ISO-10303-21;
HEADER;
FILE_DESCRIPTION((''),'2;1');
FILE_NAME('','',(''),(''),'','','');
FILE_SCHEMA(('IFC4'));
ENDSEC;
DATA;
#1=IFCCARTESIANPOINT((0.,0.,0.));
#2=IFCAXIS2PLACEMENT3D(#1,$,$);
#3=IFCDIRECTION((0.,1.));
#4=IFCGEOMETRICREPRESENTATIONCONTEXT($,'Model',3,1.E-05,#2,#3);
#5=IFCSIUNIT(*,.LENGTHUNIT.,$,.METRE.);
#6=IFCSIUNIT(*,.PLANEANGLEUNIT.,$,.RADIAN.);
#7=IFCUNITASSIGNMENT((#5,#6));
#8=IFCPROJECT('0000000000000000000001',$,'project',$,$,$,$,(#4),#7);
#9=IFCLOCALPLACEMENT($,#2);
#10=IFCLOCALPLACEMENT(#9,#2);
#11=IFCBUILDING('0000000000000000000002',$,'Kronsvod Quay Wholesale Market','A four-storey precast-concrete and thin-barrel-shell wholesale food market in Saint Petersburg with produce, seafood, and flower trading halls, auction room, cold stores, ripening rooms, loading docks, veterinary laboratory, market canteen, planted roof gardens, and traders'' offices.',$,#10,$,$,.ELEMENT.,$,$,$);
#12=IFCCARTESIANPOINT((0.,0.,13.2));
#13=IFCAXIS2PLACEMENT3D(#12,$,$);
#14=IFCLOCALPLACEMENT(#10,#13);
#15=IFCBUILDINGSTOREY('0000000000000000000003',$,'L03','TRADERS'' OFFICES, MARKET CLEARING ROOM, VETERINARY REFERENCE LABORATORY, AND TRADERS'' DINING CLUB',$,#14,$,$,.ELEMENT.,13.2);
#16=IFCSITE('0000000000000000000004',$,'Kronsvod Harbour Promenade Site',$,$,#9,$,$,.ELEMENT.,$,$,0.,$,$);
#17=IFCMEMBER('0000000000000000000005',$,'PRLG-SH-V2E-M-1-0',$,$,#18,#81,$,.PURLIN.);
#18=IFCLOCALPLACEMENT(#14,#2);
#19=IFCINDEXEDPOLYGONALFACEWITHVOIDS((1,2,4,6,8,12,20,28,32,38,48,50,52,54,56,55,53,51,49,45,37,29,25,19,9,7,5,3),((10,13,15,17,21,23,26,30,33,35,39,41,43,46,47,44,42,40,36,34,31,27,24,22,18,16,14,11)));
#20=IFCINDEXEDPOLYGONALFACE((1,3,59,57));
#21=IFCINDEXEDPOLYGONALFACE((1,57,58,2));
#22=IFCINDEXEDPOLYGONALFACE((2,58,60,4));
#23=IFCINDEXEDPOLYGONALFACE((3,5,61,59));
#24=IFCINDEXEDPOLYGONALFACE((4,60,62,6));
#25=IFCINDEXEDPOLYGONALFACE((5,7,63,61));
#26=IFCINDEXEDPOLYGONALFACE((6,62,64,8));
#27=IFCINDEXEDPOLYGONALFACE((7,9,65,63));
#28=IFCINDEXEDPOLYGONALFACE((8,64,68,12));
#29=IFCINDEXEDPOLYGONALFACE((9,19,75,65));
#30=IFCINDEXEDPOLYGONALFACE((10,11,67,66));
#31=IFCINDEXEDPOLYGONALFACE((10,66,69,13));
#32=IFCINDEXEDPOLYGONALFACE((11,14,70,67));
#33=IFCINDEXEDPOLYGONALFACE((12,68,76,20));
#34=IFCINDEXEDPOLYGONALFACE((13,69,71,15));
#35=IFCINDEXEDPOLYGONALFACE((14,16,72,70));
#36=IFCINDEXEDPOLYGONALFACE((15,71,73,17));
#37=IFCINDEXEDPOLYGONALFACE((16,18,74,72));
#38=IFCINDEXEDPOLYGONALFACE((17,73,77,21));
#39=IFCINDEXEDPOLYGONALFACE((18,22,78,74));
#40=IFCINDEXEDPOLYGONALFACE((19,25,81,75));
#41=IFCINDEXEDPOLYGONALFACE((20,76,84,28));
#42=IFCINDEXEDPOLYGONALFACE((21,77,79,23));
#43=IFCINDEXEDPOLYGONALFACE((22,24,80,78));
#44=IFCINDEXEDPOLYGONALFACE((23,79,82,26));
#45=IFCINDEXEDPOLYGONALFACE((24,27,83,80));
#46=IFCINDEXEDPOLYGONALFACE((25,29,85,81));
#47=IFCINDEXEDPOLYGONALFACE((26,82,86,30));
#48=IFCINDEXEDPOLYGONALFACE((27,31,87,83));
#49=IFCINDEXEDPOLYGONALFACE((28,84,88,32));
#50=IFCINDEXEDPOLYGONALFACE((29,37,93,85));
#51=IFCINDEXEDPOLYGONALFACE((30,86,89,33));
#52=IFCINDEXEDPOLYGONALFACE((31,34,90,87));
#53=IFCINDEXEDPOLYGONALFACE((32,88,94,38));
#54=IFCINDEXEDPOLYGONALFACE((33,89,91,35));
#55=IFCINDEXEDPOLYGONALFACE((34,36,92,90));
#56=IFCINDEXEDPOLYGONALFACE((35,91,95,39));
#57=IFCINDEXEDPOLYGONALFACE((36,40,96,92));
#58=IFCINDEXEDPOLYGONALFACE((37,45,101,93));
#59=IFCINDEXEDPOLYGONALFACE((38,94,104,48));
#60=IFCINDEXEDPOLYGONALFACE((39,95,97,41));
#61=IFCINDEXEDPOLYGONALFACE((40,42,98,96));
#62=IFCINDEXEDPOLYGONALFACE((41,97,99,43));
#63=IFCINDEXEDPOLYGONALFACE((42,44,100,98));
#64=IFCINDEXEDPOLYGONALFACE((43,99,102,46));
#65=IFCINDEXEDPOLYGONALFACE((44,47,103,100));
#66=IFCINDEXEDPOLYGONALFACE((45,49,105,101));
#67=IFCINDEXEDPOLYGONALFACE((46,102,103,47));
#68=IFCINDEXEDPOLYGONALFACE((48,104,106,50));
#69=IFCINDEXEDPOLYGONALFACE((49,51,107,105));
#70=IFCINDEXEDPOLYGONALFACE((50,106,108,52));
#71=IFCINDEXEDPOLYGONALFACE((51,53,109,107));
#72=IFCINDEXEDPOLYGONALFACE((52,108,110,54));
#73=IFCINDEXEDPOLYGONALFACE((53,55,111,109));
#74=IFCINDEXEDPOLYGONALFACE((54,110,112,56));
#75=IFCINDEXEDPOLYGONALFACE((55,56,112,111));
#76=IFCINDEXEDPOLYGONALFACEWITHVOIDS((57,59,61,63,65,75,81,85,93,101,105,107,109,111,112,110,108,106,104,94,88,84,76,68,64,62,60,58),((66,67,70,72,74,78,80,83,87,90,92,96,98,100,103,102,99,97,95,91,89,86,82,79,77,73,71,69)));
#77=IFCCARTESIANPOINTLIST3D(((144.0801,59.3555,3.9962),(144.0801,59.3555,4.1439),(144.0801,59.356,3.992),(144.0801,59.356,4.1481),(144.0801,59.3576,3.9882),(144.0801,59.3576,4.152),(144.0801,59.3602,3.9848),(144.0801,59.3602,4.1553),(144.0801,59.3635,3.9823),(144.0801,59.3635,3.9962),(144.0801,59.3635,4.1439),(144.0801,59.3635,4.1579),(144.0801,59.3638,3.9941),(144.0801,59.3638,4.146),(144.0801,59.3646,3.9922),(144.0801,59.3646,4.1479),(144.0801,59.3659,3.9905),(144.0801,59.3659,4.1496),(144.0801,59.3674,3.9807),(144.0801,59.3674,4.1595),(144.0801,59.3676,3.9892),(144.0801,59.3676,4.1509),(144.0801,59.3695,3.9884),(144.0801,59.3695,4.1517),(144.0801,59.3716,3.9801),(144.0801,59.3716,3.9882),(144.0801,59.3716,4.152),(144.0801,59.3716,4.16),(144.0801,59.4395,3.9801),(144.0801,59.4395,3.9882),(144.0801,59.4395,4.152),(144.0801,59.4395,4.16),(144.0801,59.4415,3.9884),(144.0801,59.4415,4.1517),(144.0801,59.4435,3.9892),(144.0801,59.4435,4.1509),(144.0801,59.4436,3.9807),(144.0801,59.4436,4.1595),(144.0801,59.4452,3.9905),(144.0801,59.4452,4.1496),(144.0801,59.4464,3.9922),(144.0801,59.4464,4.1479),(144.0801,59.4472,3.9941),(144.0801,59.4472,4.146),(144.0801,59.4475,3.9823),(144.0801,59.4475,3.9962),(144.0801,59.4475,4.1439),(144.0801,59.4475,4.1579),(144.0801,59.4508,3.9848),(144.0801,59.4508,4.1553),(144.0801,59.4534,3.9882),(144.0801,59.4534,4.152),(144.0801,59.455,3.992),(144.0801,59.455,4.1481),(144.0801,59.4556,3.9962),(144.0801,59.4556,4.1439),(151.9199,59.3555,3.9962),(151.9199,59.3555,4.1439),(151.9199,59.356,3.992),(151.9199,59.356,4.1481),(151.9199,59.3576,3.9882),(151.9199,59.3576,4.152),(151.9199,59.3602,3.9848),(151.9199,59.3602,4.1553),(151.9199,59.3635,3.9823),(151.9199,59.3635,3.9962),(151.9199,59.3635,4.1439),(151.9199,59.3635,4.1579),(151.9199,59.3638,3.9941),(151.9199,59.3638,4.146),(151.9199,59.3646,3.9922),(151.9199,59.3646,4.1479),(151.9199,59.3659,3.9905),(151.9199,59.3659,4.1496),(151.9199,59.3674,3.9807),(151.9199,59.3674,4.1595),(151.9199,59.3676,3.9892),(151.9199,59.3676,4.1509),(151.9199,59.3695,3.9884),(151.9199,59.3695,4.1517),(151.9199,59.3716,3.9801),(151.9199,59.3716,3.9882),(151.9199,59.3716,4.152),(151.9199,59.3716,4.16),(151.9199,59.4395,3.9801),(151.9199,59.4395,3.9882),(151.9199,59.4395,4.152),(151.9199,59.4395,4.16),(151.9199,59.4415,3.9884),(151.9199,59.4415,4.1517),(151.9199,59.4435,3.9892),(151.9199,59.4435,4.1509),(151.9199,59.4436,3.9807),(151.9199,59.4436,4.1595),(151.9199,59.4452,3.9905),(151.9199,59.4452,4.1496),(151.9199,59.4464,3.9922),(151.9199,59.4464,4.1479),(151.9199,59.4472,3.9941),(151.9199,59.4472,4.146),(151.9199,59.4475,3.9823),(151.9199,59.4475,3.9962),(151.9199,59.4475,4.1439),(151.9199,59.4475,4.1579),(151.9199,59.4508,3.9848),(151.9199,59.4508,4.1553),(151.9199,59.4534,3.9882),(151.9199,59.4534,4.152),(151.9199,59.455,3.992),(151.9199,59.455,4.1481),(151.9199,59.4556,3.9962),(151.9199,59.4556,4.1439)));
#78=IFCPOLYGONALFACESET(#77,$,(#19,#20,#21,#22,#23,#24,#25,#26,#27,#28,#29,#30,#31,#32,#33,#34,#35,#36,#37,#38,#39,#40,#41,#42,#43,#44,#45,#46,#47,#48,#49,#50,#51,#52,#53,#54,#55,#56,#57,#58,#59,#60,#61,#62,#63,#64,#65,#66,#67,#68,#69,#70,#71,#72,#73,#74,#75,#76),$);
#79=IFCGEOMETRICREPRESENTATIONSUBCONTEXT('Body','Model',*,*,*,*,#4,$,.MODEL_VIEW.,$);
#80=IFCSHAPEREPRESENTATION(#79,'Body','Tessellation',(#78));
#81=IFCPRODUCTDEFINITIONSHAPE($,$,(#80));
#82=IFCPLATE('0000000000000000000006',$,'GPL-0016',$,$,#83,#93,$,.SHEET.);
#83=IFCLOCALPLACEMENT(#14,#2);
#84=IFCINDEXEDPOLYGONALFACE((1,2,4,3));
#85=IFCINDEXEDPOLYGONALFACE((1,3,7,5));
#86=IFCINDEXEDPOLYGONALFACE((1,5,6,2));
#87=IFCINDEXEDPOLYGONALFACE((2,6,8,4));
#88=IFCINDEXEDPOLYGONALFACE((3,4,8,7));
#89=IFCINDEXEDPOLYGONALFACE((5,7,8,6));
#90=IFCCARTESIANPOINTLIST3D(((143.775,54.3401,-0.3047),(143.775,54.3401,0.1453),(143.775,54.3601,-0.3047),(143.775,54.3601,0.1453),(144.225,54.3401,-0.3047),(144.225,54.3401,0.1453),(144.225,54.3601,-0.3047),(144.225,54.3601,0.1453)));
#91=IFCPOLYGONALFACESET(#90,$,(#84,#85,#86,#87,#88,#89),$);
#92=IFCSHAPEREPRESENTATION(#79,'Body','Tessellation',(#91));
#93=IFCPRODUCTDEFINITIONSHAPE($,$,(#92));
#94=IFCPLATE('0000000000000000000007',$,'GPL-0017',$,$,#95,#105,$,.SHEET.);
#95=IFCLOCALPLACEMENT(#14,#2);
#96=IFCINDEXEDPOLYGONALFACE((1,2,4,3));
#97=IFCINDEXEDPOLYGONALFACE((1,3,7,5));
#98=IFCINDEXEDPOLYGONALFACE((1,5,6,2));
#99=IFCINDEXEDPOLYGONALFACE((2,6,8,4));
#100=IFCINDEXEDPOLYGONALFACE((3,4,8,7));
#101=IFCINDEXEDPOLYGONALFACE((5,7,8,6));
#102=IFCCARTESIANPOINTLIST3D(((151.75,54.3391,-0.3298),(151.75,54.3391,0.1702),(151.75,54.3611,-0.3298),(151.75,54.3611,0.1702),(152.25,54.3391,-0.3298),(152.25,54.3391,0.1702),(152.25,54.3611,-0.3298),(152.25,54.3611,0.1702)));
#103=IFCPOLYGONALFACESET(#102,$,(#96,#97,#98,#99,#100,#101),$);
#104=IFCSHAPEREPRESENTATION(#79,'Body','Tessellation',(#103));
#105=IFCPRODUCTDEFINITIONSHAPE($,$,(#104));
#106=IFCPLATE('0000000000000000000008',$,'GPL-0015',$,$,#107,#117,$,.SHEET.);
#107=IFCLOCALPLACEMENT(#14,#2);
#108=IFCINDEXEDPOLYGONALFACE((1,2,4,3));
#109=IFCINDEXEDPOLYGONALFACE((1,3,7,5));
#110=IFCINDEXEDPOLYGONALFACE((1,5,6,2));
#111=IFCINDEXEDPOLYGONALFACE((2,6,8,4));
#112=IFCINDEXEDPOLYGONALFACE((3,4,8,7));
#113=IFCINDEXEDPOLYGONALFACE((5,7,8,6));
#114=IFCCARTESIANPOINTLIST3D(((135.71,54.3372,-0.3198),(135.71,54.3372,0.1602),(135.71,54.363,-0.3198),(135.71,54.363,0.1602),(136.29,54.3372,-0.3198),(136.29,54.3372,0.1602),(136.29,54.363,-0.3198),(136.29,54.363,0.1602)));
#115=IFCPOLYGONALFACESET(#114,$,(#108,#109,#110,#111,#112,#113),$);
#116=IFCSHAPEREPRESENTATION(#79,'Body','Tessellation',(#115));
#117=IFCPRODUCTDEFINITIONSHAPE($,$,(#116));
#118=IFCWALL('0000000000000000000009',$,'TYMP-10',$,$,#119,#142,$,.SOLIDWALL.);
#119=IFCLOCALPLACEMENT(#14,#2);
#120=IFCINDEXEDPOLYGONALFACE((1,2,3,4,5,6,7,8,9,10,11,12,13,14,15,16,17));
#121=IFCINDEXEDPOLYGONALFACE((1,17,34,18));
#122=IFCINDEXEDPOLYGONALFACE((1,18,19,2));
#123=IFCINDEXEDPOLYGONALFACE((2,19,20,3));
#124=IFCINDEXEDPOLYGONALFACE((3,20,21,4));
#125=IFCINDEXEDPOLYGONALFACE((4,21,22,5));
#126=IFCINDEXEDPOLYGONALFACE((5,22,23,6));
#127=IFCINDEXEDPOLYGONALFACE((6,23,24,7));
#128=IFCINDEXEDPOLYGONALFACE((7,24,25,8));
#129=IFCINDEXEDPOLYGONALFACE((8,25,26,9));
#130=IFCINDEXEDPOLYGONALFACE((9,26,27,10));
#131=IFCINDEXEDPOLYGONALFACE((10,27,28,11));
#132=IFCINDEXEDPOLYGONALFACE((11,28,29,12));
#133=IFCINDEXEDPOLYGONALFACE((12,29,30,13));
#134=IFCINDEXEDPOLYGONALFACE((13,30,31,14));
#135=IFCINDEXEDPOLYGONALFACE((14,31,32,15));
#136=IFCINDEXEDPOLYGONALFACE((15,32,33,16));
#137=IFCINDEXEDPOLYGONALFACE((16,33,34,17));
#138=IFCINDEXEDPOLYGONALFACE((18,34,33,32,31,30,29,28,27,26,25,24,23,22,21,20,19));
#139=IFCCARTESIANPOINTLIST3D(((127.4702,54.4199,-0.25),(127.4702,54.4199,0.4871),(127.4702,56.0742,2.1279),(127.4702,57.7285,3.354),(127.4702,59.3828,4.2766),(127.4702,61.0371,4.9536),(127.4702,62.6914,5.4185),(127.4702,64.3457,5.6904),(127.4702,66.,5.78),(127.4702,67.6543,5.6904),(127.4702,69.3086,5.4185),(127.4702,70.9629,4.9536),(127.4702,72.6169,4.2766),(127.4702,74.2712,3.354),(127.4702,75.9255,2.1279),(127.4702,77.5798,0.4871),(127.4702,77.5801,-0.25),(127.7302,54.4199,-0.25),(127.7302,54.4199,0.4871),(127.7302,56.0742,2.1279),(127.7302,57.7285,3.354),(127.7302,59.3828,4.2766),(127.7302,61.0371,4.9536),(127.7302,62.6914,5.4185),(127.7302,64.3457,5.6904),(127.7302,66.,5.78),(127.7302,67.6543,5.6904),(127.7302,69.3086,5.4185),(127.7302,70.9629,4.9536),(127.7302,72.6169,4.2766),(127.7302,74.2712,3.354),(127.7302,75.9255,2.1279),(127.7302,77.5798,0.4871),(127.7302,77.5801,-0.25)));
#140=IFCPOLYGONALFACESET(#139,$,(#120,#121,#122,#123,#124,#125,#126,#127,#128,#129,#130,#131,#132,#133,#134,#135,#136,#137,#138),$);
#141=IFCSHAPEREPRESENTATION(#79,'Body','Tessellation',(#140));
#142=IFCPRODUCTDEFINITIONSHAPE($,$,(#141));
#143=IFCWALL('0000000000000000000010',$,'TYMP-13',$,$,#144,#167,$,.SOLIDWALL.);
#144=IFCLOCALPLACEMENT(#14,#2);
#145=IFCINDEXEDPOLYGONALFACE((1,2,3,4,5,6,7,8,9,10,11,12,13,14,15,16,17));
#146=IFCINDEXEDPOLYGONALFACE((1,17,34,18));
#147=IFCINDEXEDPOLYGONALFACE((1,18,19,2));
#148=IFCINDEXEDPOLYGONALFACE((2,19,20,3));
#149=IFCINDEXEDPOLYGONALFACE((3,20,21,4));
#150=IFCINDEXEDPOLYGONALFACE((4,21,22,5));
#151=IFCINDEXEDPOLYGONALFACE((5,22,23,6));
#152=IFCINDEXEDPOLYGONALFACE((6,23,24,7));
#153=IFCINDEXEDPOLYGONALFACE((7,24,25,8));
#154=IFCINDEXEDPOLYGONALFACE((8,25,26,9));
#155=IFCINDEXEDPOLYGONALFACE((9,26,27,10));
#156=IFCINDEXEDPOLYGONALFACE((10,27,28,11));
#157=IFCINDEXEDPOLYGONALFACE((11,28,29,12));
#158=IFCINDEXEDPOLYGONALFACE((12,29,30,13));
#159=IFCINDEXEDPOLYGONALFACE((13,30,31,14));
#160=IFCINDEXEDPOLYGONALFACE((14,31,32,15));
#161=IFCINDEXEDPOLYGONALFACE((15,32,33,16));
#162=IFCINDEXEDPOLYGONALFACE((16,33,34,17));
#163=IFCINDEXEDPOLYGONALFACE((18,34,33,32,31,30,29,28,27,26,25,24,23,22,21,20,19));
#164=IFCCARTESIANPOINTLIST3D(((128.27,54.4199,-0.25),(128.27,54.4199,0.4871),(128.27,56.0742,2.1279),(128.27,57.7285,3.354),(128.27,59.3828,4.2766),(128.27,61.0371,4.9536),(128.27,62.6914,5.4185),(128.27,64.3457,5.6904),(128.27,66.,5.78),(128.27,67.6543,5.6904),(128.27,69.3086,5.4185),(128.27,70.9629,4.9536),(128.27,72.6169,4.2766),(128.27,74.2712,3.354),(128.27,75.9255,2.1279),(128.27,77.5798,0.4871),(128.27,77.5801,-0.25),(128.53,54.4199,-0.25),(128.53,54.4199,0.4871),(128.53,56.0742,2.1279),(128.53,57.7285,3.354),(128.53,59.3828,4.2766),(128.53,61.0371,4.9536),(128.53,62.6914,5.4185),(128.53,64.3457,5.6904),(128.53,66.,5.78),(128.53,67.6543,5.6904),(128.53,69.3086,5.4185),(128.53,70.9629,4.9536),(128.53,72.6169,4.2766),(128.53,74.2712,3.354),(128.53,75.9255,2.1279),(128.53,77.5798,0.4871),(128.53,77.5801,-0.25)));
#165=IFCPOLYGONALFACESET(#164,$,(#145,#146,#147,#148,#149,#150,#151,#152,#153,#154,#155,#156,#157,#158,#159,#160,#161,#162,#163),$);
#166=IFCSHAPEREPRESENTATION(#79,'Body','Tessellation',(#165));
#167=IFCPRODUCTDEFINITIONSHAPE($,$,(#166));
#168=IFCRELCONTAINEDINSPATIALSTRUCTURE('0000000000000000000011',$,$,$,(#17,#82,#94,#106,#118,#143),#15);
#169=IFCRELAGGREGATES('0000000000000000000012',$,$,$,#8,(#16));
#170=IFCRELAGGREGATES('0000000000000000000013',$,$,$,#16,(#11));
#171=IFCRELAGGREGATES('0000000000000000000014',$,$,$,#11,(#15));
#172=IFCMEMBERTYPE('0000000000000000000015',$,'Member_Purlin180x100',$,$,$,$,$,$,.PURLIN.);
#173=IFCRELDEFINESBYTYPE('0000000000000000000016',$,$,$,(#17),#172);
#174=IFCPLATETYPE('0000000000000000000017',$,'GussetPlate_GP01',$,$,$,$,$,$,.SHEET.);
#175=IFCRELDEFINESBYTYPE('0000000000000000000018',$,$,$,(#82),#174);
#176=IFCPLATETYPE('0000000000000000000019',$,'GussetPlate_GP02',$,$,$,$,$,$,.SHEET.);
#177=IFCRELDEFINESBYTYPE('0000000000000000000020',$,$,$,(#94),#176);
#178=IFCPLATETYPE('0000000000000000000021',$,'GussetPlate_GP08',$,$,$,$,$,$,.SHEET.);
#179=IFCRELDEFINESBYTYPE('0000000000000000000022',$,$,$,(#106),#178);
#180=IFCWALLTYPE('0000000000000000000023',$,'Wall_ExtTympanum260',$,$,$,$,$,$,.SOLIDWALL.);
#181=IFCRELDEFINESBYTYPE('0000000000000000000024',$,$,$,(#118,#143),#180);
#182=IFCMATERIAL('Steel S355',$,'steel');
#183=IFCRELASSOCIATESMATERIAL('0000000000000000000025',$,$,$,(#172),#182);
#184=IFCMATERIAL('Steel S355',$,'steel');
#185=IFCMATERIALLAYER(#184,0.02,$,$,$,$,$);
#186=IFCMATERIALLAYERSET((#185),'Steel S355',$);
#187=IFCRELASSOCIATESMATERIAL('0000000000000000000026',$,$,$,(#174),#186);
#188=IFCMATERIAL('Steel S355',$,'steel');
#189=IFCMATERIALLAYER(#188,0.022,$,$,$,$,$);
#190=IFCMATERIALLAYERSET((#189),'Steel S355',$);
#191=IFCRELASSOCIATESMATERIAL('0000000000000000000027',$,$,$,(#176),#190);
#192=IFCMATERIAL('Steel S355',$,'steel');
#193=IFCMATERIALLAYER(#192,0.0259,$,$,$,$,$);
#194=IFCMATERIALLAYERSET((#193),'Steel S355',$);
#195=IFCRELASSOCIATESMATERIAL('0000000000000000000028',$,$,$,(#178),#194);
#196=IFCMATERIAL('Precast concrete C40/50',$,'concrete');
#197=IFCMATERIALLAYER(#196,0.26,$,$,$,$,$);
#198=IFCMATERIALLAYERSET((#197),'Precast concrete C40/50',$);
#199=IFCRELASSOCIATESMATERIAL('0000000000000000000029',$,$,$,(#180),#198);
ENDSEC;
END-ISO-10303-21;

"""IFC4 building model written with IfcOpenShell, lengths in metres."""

from ifc_helpers import new_model, si_unit, direction, frame, origin, origin_2d, place, context, subcontext, project, spatial, polyline, rectangle, hollow_rectangle, outline, extrude, material, layer, layer_set, material_profile, profile_set, type_object, element, save


model = new_model("IFC4")

# Units and contexts
model_context = context("Model", 3, precision=1e-05, world=origin(), true_north=direction((0.0, 1.0)))
body_context = subcontext(model_context, "Body", "Model", "MODEL_VIEW")
ifc_project = project(units=[si_unit("LENGTHUNIT", "METRE"), si_unit("PLANEANGLEUNIT", "RADIAN")], contexts=[model_context])

# Site, building, storey
site_placement = place(None, origin())
site = spatial("IfcSite", under=ifc_project, at=site_placement, Name="Kronsvod Harbour Promenade Site", CompositionType="ELEMENT", RefElevation=0.0)
building_placement = place(site_placement, origin())
building = spatial("IfcBuilding", under=site, at=building_placement, Name="Kronsvod Quay Wholesale Market", Description="A four-storey precast-concrete and thin-barrel-shell wholesale food market in Saint Petersburg with produce, seafood, and flower trading halls, auction room, cold stores, ripening rooms, loading docks, veterinary laboratory, market canteen, planted roof gardens, and traders' offices.", CompositionType="ELEMENT")
storey_placement = place(building_placement, frame((0.0, 0.0, 13.2)))
storey = spatial("IfcBuildingStorey", under=building, at=storey_placement, Name="L03", Description="TRADERS' OFFICES, MARKET CLEARING ROOM, VETERINARY REFERENCE LABORATORY, AND TRADERS' DINING CLUB", CompositionType="ELEMENT", Elevation=13.2)

# Member
ifc_material_1 = material(Name="Steel S355", Category="steel")
ifc_material_profile_1 = material_profile(ifc_material_1, hollow_rectangle(XDim=0.1001, YDim=0.1799, WallThickness=0.0081, InnerFilletRadius=0.0081, OuterFilletRadius=0.0161, at=origin_2d()), Name="RHS180x100x8")
ifc_profile_set_1 = profile_set([ifc_material_profile_1], Name="Steel S355")
member_type_1 = type_object("IfcMemberType", Name="Member_Purlin180x100", PredefinedType="PURLIN", material=ifc_profile_set_1)
for number, where, z_axis, x_axis, name in (
    (1, (144.0801, 59.4055, 4.0701), (1.0, 0.0, 0.0), (0.0, 1.0, 0.0), "PRLG-SH-V2E-M-1-0"),
):
    element("IfcMember", number, at=place(storey_placement, frame(where, z_axis=z_axis, x_axis=x_axis)), inside=storey, type_object=member_type_1, Name=name, PredefinedType="PURLIN", context=body_context, shape_type="SweptSolid", body=[
        extrude(hollow_rectangle(XDim=0.1001, YDim=0.1799, WallThickness=0.0081, InnerFilletRadius=0.0081, OuterFilletRadius=0.0161, at=origin_2d()), origin(), (0.0, 0.0, 1.0), 7.8398),
    ])

# Plates
ifc_material_2 = material(Name="Steel S355", Category="steel")
ifc_layer_1 = layer(ifc_material_2, 0.02)
ifc_layer_set_1 = layer_set([ifc_layer_1], Name="Steel S355")
plate_type_1 = type_object("IfcPlateType", Name="GussetPlate_GP01", PredefinedType="SHEET", material=ifc_layer_set_1)
plate_1_placement = place(storey_placement, frame((144.0, 54.3501, -0.3047), z_axis=(0.0, 0.0, 1.0), x_axis=(1.0, 0.0, 0.0)))
element("IfcPlate", 2, at=plate_1_placement, inside=storey, type_object=plate_type_1, Name="GPL-0016", PredefinedType="SHEET", context=body_context, shape_type="SweptSolid", body=[
    extrude(rectangle(XDim=0.45, YDim=0.02, at=origin_2d()), origin(), (0.0, 0.0, 1.0), 0.45),
])
ifc_material_3 = material(Name="Steel S355", Category="steel")
ifc_layer_2 = layer(ifc_material_3, 0.022)
ifc_layer_set_2 = layer_set([ifc_layer_2], Name="Steel S355")
plate_type_2 = type_object("IfcPlateType", Name="GussetPlate_GP02", PredefinedType="SHEET", material=ifc_layer_set_2)
plate_2_placement = place(storey_placement, frame((152.0, 54.3501, -0.3298), z_axis=(0.0, 0.0, 1.0), x_axis=(1.0, 0.0, 0.0)))
element("IfcPlate", 3, at=plate_2_placement, inside=storey, type_object=plate_type_2, Name="GPL-0017", PredefinedType="SHEET", context=body_context, shape_type="SweptSolid", body=[
    extrude(rectangle(XDim=0.5, YDim=0.022, at=origin_2d()), origin(), (0.0, 0.0, 1.0), 0.5),
])
ifc_material_4 = material(Name="Steel S355", Category="steel")
ifc_layer_3 = layer(ifc_material_4, 0.0259)
ifc_layer_set_3 = layer_set([ifc_layer_3], Name="Steel S355")
plate_type_3 = type_object("IfcPlateType", Name="GussetPlate_GP08", PredefinedType="SHEET", material=ifc_layer_set_3)
plate_3_placement = place(storey_placement, frame((136.0, 54.3501, -0.3198), z_axis=(0.0, 0.0, 1.0), x_axis=(1.0, 0.0, 0.0)))
element("IfcPlate", 4, at=plate_3_placement, inside=storey, type_object=plate_type_3, Name="GPL-0015", PredefinedType="SHEET", context=body_context, shape_type="SweptSolid", body=[
    extrude(rectangle(XDim=0.5801, YDim=0.0259, at=origin_2d()), origin(), (0.0, 0.0, 1.0), 0.48),
])

# Walls
ifc_material_5 = material(Name="Precast concrete C40/50", Category="concrete")
ifc_layer_4 = layer(ifc_material_5, 0.26)
ifc_layer_set_4 = layer_set([ifc_layer_4], Name="Precast concrete C40/50")
wall_type = type_object("IfcWallType", Name="Wall_ExtTympanum260", PredefinedType="SOLIDWALL", material=ifc_layer_set_4)
for number, where, z_axis, x_axis, name in (
    (5, (127.6001, 54.4199, -0.25), (0.0, 0.0, 1.0), (0.0, 1.0, 0.0), "TYMP-10"),
    (6, (128.3999, 54.4199, -0.25), (0.0, 0.0, 1.0), (0.0, 1.0, 0.0), "TYMP-13"),
):
    element("IfcWall", number, at=place(storey_placement, frame(where, z_axis=z_axis, x_axis=x_axis)), inside=storey, type_object=wall_type, Name=name, PredefinedType="SOLIDWALL", context=body_context, shape_type="SweptSolid", body=[
        extrude(outline(polyline([(0.0, 0.0), (23.1602, 0.0), (23.1599, 0.7371), (21.5056, 2.3779), (19.8513, 3.604), (18.197, 4.5266), (16.543, 5.2036), (14.8887, 5.6685), (13.2344, 5.9404), (11.5801, 6.03), (9.9258, 5.9404), (8.2715, 5.6685), (6.6172, 5.2036), (4.9629, 4.5266), (3.3086, 3.604), (1.6543, 2.3779), (0.0, 0.7371), (0.0, 0.0)])), frame((0.0, 0.1299, 0.0), z_axis=(0.0, -1.0, 0.0), x_axis=(1.0, 0.0, 0.0)), (0.0, 0.0, 1.0), 0.26),
    ])

save(model, "model.ifc")
